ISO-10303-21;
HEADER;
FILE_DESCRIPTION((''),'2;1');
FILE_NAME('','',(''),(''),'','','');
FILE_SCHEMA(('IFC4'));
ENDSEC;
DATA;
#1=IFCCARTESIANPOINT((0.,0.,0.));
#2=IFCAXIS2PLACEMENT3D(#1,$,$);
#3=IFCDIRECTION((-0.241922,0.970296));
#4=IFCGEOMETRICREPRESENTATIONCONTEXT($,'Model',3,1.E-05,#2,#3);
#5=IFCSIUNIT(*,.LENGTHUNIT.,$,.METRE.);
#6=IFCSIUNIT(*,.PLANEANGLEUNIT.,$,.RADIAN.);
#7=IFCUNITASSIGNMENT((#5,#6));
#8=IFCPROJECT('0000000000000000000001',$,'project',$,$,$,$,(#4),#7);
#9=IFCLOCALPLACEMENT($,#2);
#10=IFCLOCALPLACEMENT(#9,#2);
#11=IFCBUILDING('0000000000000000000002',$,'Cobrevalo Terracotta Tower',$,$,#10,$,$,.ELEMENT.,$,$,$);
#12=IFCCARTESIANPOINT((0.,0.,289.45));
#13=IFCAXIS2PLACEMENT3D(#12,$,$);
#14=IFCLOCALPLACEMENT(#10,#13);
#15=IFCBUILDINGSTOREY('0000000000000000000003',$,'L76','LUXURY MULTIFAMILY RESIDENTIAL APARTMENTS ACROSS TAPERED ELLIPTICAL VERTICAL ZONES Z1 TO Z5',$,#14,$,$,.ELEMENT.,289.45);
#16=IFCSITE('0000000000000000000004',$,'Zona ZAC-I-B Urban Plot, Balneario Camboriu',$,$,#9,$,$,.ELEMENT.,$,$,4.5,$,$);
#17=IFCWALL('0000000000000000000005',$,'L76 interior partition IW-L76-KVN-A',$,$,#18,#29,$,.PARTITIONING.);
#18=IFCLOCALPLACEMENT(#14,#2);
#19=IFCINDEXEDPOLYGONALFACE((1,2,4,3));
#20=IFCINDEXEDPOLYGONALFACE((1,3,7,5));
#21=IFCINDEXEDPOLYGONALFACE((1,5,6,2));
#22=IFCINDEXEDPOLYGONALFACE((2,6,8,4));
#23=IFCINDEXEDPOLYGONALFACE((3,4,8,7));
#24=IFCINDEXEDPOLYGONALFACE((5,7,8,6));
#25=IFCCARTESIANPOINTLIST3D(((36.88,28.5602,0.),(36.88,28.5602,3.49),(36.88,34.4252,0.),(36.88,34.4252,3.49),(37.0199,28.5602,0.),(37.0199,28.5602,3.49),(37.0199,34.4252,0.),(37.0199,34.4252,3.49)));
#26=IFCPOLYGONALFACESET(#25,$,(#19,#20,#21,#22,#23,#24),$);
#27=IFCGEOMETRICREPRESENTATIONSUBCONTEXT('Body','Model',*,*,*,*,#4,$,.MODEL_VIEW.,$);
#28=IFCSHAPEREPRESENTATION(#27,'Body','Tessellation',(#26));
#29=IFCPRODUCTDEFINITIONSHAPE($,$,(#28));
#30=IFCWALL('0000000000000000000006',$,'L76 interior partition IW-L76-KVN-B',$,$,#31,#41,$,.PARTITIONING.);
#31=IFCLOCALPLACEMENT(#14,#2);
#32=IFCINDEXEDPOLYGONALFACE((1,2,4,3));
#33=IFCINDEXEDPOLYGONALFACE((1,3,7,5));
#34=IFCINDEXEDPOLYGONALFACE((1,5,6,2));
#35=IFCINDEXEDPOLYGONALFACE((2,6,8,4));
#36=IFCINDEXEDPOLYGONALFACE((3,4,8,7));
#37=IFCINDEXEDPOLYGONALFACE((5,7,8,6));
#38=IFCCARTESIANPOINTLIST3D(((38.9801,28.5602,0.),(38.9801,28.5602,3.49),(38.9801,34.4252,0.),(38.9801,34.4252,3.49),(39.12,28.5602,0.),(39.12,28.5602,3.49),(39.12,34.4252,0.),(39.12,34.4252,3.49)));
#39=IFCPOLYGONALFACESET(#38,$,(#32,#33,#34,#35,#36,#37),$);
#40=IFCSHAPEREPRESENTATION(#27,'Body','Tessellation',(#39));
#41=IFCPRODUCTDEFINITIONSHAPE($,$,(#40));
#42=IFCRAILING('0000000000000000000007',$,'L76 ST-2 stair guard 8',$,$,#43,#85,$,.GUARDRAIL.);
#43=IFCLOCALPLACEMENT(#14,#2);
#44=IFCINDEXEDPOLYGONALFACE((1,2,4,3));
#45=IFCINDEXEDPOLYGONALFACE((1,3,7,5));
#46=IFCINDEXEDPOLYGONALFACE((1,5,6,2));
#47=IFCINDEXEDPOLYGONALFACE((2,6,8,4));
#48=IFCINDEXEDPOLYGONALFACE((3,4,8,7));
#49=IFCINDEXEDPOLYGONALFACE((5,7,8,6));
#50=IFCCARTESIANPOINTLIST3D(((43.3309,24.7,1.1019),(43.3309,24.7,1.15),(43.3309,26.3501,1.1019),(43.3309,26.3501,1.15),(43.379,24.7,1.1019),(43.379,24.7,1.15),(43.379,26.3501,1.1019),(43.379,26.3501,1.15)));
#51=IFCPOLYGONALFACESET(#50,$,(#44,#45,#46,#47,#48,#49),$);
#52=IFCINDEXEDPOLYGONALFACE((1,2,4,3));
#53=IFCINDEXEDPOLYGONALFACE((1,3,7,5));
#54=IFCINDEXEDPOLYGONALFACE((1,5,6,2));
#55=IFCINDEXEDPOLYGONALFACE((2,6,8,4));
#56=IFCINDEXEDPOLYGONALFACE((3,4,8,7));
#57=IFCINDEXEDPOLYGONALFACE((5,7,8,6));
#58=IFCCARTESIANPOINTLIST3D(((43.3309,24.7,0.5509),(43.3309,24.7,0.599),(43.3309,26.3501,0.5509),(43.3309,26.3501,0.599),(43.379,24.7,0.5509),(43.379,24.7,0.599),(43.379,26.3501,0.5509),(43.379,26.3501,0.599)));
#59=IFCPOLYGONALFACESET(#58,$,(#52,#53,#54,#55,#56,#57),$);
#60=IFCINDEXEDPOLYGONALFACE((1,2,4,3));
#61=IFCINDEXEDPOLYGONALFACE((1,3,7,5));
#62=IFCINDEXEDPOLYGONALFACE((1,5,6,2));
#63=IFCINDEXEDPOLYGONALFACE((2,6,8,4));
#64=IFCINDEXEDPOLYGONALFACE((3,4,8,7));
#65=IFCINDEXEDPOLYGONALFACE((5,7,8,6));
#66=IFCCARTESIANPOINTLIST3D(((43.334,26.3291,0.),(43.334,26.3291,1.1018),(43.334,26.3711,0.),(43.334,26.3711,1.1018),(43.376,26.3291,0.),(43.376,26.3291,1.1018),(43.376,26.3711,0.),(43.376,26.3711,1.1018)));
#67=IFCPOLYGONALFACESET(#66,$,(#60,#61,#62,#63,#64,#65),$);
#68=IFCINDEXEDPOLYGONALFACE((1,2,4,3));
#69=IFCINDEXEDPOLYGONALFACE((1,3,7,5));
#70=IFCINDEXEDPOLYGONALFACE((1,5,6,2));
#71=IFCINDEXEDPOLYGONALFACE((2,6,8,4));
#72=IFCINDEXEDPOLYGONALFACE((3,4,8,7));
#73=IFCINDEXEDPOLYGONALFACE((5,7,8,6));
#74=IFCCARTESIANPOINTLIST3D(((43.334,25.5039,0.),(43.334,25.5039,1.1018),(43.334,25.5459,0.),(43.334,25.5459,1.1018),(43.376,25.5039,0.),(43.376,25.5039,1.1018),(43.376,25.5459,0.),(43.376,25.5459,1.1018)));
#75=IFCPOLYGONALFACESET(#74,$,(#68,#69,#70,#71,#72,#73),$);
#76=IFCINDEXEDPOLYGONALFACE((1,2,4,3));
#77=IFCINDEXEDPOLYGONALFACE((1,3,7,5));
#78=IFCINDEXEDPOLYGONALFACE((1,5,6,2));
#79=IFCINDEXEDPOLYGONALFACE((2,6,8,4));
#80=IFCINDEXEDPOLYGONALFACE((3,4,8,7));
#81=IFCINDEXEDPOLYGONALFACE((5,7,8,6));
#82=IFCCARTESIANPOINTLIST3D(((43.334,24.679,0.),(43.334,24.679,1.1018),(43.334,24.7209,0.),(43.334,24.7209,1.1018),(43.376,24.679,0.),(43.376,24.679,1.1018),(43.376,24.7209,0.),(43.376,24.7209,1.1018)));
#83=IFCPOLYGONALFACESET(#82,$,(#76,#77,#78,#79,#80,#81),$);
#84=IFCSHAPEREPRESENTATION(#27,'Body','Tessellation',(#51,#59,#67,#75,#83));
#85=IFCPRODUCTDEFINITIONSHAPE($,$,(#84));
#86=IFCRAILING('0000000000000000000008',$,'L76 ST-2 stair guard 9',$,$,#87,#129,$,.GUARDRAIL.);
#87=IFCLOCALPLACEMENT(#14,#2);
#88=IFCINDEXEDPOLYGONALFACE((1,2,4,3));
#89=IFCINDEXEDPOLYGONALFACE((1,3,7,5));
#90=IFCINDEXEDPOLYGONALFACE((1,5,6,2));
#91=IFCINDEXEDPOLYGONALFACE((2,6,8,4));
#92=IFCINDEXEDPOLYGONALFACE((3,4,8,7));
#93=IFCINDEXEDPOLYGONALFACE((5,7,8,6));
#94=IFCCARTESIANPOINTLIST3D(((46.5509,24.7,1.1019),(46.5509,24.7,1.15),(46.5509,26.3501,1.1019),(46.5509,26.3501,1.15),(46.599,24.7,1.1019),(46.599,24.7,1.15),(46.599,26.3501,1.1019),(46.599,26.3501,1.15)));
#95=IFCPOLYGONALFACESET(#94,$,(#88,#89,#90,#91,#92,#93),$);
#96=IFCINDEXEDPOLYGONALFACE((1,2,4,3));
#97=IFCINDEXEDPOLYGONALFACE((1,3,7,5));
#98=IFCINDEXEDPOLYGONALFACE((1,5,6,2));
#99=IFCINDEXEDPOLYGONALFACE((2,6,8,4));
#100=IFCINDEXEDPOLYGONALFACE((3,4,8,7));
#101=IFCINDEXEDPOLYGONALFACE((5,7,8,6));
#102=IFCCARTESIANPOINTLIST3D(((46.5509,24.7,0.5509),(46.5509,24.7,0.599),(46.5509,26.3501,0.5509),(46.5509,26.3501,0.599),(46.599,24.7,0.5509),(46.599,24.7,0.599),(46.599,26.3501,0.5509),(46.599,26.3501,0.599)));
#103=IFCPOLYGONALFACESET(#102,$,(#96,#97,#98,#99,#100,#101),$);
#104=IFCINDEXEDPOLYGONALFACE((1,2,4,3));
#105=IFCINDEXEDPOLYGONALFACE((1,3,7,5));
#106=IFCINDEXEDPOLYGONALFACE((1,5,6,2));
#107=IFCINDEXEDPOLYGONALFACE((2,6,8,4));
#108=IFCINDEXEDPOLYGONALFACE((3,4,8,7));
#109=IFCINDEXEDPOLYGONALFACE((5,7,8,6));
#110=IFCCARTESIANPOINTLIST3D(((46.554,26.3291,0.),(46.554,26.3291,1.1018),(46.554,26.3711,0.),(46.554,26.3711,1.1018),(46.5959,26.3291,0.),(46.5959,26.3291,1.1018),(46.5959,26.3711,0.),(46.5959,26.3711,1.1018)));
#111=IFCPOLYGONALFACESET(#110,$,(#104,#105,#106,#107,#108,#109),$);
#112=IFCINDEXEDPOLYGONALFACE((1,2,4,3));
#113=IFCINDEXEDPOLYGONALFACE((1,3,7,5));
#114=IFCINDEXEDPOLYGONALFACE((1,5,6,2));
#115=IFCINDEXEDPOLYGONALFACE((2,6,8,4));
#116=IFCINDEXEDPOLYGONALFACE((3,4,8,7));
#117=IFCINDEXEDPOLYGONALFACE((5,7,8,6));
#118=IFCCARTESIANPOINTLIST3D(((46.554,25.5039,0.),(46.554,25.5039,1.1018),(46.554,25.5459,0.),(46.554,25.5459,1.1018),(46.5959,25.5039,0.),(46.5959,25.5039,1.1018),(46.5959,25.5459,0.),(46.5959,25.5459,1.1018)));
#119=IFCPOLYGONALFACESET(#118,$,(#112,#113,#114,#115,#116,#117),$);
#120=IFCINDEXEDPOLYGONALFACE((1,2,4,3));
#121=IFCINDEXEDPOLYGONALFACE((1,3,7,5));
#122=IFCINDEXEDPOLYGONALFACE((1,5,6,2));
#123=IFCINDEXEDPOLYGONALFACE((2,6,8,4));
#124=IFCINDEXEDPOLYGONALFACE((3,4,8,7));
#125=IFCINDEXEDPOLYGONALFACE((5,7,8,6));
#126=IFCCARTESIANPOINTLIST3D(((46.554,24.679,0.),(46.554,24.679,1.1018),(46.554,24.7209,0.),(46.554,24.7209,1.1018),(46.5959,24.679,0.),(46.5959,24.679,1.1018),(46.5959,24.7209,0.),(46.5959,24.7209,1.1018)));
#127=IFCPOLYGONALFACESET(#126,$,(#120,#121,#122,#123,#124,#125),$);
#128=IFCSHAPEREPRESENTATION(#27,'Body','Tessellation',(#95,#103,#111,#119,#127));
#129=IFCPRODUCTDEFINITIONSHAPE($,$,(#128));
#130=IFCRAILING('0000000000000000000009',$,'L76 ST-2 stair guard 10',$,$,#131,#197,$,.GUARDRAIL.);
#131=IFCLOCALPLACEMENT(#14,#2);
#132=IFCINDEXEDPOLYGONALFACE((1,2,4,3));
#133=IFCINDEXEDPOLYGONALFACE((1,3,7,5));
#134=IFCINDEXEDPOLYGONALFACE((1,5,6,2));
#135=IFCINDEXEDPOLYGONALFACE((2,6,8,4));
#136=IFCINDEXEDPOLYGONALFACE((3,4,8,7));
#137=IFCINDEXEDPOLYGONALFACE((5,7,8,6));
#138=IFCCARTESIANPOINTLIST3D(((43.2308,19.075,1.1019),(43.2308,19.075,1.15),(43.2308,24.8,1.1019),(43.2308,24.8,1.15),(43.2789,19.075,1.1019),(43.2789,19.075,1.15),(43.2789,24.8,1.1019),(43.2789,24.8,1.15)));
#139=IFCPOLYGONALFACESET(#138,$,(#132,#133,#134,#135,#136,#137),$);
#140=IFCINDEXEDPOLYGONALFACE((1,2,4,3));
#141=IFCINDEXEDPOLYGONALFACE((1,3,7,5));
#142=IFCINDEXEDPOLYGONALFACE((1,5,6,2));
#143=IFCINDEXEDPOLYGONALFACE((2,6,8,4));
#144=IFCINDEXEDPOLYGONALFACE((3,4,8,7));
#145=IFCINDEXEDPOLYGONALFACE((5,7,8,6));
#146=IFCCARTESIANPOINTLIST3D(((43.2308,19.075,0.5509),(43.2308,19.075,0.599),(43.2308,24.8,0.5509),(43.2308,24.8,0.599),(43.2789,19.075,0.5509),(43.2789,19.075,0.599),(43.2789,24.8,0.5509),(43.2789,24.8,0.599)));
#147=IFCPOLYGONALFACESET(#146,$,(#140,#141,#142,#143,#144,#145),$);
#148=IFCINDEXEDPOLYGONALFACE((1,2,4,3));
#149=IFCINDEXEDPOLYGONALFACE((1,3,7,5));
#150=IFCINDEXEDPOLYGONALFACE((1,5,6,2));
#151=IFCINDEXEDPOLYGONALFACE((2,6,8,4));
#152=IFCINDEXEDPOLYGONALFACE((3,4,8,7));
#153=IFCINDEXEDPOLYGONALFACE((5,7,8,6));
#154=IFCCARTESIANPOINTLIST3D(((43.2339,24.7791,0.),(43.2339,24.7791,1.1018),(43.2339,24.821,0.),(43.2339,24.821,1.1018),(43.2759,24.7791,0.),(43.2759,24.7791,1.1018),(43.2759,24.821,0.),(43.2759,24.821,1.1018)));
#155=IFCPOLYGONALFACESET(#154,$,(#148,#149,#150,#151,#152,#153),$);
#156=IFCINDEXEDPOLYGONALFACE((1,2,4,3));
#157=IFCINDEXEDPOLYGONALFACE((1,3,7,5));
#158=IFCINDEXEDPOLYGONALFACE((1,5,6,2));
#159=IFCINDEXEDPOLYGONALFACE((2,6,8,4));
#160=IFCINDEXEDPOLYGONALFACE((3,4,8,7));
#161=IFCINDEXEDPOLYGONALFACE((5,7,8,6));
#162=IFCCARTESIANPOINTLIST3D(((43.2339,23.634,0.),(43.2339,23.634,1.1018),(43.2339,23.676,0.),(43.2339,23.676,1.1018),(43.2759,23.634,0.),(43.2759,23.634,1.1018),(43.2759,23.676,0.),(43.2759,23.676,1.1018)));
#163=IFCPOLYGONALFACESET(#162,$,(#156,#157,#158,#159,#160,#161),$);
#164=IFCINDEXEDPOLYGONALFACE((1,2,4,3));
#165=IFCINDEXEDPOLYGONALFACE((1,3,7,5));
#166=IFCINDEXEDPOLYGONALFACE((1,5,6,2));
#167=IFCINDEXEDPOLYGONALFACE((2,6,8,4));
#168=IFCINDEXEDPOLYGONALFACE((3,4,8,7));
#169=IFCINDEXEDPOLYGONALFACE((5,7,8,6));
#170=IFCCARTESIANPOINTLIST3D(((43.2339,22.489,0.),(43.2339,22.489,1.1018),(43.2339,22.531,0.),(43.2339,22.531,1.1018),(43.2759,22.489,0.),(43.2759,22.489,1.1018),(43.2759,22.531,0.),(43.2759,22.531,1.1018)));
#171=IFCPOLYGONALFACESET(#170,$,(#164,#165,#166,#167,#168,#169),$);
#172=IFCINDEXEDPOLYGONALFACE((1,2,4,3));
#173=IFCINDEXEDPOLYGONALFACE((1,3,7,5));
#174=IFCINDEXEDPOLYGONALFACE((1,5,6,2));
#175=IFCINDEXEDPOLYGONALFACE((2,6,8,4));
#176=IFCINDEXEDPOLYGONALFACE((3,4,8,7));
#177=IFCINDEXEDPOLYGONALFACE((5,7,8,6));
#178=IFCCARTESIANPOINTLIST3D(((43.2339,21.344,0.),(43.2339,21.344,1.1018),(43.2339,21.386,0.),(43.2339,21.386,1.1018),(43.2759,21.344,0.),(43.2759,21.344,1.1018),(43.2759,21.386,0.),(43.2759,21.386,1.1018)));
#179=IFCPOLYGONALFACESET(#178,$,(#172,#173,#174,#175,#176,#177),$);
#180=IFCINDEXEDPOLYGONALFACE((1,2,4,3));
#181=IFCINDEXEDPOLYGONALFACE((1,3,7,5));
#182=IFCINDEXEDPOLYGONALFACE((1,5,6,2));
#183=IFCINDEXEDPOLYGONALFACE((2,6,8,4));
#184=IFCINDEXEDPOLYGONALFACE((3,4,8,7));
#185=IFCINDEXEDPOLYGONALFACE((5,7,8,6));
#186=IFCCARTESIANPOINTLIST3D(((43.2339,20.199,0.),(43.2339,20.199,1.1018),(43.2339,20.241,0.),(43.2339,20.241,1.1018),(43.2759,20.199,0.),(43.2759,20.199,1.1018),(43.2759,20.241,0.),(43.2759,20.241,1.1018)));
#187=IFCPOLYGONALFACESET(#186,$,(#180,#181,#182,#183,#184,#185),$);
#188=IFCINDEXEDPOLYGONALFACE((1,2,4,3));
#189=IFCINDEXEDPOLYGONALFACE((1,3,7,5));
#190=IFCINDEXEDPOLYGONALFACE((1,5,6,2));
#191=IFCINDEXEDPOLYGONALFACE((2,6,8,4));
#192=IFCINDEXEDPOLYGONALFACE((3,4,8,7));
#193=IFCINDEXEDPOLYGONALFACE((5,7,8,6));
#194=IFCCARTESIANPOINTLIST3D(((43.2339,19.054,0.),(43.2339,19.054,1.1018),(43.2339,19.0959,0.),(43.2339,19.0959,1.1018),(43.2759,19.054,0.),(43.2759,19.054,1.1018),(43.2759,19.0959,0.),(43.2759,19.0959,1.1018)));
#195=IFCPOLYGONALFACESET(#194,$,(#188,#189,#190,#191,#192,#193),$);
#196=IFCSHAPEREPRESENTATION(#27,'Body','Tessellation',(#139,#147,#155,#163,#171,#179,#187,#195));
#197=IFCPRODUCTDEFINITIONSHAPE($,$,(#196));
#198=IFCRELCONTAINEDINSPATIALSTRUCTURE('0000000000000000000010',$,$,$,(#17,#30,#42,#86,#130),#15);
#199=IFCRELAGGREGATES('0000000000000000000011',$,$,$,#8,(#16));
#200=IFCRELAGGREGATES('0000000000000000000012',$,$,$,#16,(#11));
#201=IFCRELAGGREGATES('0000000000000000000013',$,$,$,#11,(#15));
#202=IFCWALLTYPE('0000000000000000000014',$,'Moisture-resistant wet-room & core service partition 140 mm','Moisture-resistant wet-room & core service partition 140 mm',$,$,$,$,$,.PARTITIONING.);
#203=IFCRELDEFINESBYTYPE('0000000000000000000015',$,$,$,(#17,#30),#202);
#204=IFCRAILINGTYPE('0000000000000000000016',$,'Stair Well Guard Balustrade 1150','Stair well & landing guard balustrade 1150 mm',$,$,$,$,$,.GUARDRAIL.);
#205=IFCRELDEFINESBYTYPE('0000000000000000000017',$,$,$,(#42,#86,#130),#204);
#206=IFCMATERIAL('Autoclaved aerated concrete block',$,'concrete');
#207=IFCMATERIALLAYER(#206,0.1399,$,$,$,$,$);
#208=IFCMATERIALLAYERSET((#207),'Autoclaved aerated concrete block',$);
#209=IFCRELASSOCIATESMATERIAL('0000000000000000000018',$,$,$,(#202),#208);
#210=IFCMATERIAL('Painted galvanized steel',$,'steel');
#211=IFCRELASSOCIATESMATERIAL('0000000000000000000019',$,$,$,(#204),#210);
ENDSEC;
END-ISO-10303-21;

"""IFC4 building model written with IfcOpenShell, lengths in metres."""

from ifc_helpers import new_model, si_unit, direction, frame, frame_2d, origin, origin_2d, place, context, subcontext, project, spatial, rectangle, extrude, material, layer, layer_set, type_object, element, save


model = new_model("IFC4")

# Units and contexts
model_context = context("Model", 3, precision=1e-05, world=origin(), true_north=direction((-0.241922, 0.970296)))
body_context = subcontext(model_context, "Body", "Model", "MODEL_VIEW")
ifc_project = project(units=[si_unit("LENGTHUNIT", "METRE"), si_unit("PLANEANGLEUNIT", "RADIAN")], contexts=[model_context])

# Site, building, storey
site_placement = place(None, origin())
site = spatial("IfcSite", under=ifc_project, at=site_placement, Name="Zona ZAC-I-B Urban Plot, Balneario Camboriu", CompositionType="ELEMENT", RefElevation=4.5)
building_placement = place(site_placement, origin())
building = spatial("IfcBuilding", under=site, at=building_placement, Name="Cobrevalo Terracotta Tower", CompositionType="ELEMENT")
storey_placement = place(building_placement, frame((0.0, 0.0, 289.45)))
storey = spatial("IfcBuildingStorey", under=building, at=storey_placement, Name="L76", Description="LUXURY MULTIFAMILY RESIDENTIAL APARTMENTS ACROSS TAPERED ELLIPTICAL VERTICAL ZONES Z1 TO Z5", CompositionType="ELEMENT", Elevation=289.45)

# Walls
ifc_material_1 = material(Name="Autoclaved aerated concrete block", Category="concrete")
ifc_layer_1 = layer(ifc_material_1, 0.1399)
ifc_layer_set_1 = layer_set([ifc_layer_1], Name="Autoclaved aerated concrete block")
wall_type_1 = type_object("IfcWallType", Name="Moisture-resistant wet-room & core service partition 140 mm", Description="Moisture-resistant wet-room & core service partition 140 mm", PredefinedType="PARTITIONING", material=ifc_layer_set_1)
for number, where, z_axis, x_axis, name in (
    (1, (36.95, 28.5601, 0.0), (0.0, 0.0, 1.0), (0.0, 1.0, 0.0), "L76 interior partition IW-L76-KVN-A"),
    (2, (39.05, 28.5601, 0.0), (0.0, 0.0, 1.0), (0.0, 1.0, 0.0), "L76 interior partition IW-L76-KVN-B"),
):
    element("IfcWall", number, at=place(storey_placement, frame(where, z_axis=z_axis, x_axis=x_axis)), inside=storey, type_object=wall_type_1, Name=name, PredefinedType="PARTITIONING", context=body_context, shape_type="SweptSolid", body=[
        extrude(rectangle(XDim=5.865, YDim=0.1399, at=frame_2d((2.9326, 0.0))), origin(), (0.0, 0.0, 1.0), 3.49),
    ])

# Railings
ifc_material_2 = material(Name="Painted galvanized steel", Category="steel")
railing_type = type_object("IfcRailingType", Name="Stair Well Guard Balustrade 1150", Description="Stair well & landing guard balustrade 1150 mm", PredefinedType="GUARDRAIL", material=ifc_material_2)
for number, where, name in (
    (3, (43.355, 26.3501, 0.0), "L76 ST-2 stair guard 8"),
    (4, (46.575, 26.3501, 0.0), "L76 ST-2 stair guard 9"),
):
    element("IfcRailing", number, at=place(storey_placement, frame(where)), inside=storey, type_object=railing_type, Name=name, PredefinedType="GUARDRAIL", context=body_context, shape_type="SweptSolid", body=[
        extrude(rectangle(XDim=0.0481, YDim=0.0481, at=origin_2d()), frame((0.0, 0.0, 1.126), z_axis=(0.0, -1.0, 0.0), x_axis=(1.0, 0.0, 0.0)), (0.0, 0.0, 1.0), 1.6501),
        extrude(rectangle(XDim=0.0481, YDim=0.0481, at=origin_2d()), frame((0.0, 0.0, 0.575), z_axis=(0.0, -1.0, 0.0), x_axis=(1.0, 0.0, 0.0)), (0.0, 0.0, 1.0), 1.6501),
        extrude(rectangle(XDim=0.042, YDim=0.042, at=origin_2d()), origin(), (0.0, 0.0, 1.0), 1.1018),
        extrude(rectangle(XDim=0.042, YDim=0.042, at=origin_2d()), frame((0.0, -0.8252, 0.0)), (0.0, 0.0, 1.0), 1.1018),
        extrude(rectangle(XDim=0.042, YDim=0.042, at=origin_2d()), frame((0.0, -1.6501, 0.0)), (0.0, 0.0, 1.0), 1.1018),
    ])
for number, where, name in (
    (5, (43.2549, 24.8, 0.0), "L76 ST-2 stair guard 10"),
):
    element("IfcRailing", number, at=place(storey_placement, frame(where)), inside=storey, type_object=railing_type, Name=name, PredefinedType="GUARDRAIL", context=body_context, shape_type="SweptSolid", body=[
        extrude(rectangle(XDim=0.0481, YDim=0.0481, at=origin_2d()), frame((0.0, 0.0, 1.126), z_axis=(0.0, -1.0, 0.0), x_axis=(1.0, 0.0, 0.0)), (0.0, 0.0, 1.0), 5.7251),
        extrude(rectangle(XDim=0.0481, YDim=0.0481, at=origin_2d()), frame((0.0, 0.0, 0.575), z_axis=(0.0, -1.0, 0.0), x_axis=(1.0, 0.0, 0.0)), (0.0, 0.0, 1.0), 5.7251),
        extrude(rectangle(XDim=0.042, YDim=0.042, at=origin_2d()), origin(), (0.0, 0.0, 1.0), 1.1018),
        extrude(rectangle(XDim=0.042, YDim=0.042, at=origin_2d()), frame((0.0, -1.145, 0.0)), (0.0, 0.0, 1.0), 1.1018),
        extrude(rectangle(XDim=0.042, YDim=0.042, at=origin_2d()), frame((0.0, -2.29, 0.0)), (0.0, 0.0, 1.0), 1.1018),
        extrude(rectangle(XDim=0.042, YDim=0.042, at=origin_2d()), frame((0.0, -3.4351, 0.0)), (0.0, 0.0, 1.0), 1.1018),
        extrude(rectangle(XDim=0.042, YDim=0.042, at=origin_2d()), frame((0.0, -4.5801, 0.0)), (0.0, 0.0, 1.0), 1.1018),
        extrude(rectangle(XDim=0.042, YDim=0.042, at=origin_2d()), frame((0.0, -5.7251, 0.0)), (0.0, 0.0, 1.0), 1.1018),
    ])

save(model, "model.ifc")
